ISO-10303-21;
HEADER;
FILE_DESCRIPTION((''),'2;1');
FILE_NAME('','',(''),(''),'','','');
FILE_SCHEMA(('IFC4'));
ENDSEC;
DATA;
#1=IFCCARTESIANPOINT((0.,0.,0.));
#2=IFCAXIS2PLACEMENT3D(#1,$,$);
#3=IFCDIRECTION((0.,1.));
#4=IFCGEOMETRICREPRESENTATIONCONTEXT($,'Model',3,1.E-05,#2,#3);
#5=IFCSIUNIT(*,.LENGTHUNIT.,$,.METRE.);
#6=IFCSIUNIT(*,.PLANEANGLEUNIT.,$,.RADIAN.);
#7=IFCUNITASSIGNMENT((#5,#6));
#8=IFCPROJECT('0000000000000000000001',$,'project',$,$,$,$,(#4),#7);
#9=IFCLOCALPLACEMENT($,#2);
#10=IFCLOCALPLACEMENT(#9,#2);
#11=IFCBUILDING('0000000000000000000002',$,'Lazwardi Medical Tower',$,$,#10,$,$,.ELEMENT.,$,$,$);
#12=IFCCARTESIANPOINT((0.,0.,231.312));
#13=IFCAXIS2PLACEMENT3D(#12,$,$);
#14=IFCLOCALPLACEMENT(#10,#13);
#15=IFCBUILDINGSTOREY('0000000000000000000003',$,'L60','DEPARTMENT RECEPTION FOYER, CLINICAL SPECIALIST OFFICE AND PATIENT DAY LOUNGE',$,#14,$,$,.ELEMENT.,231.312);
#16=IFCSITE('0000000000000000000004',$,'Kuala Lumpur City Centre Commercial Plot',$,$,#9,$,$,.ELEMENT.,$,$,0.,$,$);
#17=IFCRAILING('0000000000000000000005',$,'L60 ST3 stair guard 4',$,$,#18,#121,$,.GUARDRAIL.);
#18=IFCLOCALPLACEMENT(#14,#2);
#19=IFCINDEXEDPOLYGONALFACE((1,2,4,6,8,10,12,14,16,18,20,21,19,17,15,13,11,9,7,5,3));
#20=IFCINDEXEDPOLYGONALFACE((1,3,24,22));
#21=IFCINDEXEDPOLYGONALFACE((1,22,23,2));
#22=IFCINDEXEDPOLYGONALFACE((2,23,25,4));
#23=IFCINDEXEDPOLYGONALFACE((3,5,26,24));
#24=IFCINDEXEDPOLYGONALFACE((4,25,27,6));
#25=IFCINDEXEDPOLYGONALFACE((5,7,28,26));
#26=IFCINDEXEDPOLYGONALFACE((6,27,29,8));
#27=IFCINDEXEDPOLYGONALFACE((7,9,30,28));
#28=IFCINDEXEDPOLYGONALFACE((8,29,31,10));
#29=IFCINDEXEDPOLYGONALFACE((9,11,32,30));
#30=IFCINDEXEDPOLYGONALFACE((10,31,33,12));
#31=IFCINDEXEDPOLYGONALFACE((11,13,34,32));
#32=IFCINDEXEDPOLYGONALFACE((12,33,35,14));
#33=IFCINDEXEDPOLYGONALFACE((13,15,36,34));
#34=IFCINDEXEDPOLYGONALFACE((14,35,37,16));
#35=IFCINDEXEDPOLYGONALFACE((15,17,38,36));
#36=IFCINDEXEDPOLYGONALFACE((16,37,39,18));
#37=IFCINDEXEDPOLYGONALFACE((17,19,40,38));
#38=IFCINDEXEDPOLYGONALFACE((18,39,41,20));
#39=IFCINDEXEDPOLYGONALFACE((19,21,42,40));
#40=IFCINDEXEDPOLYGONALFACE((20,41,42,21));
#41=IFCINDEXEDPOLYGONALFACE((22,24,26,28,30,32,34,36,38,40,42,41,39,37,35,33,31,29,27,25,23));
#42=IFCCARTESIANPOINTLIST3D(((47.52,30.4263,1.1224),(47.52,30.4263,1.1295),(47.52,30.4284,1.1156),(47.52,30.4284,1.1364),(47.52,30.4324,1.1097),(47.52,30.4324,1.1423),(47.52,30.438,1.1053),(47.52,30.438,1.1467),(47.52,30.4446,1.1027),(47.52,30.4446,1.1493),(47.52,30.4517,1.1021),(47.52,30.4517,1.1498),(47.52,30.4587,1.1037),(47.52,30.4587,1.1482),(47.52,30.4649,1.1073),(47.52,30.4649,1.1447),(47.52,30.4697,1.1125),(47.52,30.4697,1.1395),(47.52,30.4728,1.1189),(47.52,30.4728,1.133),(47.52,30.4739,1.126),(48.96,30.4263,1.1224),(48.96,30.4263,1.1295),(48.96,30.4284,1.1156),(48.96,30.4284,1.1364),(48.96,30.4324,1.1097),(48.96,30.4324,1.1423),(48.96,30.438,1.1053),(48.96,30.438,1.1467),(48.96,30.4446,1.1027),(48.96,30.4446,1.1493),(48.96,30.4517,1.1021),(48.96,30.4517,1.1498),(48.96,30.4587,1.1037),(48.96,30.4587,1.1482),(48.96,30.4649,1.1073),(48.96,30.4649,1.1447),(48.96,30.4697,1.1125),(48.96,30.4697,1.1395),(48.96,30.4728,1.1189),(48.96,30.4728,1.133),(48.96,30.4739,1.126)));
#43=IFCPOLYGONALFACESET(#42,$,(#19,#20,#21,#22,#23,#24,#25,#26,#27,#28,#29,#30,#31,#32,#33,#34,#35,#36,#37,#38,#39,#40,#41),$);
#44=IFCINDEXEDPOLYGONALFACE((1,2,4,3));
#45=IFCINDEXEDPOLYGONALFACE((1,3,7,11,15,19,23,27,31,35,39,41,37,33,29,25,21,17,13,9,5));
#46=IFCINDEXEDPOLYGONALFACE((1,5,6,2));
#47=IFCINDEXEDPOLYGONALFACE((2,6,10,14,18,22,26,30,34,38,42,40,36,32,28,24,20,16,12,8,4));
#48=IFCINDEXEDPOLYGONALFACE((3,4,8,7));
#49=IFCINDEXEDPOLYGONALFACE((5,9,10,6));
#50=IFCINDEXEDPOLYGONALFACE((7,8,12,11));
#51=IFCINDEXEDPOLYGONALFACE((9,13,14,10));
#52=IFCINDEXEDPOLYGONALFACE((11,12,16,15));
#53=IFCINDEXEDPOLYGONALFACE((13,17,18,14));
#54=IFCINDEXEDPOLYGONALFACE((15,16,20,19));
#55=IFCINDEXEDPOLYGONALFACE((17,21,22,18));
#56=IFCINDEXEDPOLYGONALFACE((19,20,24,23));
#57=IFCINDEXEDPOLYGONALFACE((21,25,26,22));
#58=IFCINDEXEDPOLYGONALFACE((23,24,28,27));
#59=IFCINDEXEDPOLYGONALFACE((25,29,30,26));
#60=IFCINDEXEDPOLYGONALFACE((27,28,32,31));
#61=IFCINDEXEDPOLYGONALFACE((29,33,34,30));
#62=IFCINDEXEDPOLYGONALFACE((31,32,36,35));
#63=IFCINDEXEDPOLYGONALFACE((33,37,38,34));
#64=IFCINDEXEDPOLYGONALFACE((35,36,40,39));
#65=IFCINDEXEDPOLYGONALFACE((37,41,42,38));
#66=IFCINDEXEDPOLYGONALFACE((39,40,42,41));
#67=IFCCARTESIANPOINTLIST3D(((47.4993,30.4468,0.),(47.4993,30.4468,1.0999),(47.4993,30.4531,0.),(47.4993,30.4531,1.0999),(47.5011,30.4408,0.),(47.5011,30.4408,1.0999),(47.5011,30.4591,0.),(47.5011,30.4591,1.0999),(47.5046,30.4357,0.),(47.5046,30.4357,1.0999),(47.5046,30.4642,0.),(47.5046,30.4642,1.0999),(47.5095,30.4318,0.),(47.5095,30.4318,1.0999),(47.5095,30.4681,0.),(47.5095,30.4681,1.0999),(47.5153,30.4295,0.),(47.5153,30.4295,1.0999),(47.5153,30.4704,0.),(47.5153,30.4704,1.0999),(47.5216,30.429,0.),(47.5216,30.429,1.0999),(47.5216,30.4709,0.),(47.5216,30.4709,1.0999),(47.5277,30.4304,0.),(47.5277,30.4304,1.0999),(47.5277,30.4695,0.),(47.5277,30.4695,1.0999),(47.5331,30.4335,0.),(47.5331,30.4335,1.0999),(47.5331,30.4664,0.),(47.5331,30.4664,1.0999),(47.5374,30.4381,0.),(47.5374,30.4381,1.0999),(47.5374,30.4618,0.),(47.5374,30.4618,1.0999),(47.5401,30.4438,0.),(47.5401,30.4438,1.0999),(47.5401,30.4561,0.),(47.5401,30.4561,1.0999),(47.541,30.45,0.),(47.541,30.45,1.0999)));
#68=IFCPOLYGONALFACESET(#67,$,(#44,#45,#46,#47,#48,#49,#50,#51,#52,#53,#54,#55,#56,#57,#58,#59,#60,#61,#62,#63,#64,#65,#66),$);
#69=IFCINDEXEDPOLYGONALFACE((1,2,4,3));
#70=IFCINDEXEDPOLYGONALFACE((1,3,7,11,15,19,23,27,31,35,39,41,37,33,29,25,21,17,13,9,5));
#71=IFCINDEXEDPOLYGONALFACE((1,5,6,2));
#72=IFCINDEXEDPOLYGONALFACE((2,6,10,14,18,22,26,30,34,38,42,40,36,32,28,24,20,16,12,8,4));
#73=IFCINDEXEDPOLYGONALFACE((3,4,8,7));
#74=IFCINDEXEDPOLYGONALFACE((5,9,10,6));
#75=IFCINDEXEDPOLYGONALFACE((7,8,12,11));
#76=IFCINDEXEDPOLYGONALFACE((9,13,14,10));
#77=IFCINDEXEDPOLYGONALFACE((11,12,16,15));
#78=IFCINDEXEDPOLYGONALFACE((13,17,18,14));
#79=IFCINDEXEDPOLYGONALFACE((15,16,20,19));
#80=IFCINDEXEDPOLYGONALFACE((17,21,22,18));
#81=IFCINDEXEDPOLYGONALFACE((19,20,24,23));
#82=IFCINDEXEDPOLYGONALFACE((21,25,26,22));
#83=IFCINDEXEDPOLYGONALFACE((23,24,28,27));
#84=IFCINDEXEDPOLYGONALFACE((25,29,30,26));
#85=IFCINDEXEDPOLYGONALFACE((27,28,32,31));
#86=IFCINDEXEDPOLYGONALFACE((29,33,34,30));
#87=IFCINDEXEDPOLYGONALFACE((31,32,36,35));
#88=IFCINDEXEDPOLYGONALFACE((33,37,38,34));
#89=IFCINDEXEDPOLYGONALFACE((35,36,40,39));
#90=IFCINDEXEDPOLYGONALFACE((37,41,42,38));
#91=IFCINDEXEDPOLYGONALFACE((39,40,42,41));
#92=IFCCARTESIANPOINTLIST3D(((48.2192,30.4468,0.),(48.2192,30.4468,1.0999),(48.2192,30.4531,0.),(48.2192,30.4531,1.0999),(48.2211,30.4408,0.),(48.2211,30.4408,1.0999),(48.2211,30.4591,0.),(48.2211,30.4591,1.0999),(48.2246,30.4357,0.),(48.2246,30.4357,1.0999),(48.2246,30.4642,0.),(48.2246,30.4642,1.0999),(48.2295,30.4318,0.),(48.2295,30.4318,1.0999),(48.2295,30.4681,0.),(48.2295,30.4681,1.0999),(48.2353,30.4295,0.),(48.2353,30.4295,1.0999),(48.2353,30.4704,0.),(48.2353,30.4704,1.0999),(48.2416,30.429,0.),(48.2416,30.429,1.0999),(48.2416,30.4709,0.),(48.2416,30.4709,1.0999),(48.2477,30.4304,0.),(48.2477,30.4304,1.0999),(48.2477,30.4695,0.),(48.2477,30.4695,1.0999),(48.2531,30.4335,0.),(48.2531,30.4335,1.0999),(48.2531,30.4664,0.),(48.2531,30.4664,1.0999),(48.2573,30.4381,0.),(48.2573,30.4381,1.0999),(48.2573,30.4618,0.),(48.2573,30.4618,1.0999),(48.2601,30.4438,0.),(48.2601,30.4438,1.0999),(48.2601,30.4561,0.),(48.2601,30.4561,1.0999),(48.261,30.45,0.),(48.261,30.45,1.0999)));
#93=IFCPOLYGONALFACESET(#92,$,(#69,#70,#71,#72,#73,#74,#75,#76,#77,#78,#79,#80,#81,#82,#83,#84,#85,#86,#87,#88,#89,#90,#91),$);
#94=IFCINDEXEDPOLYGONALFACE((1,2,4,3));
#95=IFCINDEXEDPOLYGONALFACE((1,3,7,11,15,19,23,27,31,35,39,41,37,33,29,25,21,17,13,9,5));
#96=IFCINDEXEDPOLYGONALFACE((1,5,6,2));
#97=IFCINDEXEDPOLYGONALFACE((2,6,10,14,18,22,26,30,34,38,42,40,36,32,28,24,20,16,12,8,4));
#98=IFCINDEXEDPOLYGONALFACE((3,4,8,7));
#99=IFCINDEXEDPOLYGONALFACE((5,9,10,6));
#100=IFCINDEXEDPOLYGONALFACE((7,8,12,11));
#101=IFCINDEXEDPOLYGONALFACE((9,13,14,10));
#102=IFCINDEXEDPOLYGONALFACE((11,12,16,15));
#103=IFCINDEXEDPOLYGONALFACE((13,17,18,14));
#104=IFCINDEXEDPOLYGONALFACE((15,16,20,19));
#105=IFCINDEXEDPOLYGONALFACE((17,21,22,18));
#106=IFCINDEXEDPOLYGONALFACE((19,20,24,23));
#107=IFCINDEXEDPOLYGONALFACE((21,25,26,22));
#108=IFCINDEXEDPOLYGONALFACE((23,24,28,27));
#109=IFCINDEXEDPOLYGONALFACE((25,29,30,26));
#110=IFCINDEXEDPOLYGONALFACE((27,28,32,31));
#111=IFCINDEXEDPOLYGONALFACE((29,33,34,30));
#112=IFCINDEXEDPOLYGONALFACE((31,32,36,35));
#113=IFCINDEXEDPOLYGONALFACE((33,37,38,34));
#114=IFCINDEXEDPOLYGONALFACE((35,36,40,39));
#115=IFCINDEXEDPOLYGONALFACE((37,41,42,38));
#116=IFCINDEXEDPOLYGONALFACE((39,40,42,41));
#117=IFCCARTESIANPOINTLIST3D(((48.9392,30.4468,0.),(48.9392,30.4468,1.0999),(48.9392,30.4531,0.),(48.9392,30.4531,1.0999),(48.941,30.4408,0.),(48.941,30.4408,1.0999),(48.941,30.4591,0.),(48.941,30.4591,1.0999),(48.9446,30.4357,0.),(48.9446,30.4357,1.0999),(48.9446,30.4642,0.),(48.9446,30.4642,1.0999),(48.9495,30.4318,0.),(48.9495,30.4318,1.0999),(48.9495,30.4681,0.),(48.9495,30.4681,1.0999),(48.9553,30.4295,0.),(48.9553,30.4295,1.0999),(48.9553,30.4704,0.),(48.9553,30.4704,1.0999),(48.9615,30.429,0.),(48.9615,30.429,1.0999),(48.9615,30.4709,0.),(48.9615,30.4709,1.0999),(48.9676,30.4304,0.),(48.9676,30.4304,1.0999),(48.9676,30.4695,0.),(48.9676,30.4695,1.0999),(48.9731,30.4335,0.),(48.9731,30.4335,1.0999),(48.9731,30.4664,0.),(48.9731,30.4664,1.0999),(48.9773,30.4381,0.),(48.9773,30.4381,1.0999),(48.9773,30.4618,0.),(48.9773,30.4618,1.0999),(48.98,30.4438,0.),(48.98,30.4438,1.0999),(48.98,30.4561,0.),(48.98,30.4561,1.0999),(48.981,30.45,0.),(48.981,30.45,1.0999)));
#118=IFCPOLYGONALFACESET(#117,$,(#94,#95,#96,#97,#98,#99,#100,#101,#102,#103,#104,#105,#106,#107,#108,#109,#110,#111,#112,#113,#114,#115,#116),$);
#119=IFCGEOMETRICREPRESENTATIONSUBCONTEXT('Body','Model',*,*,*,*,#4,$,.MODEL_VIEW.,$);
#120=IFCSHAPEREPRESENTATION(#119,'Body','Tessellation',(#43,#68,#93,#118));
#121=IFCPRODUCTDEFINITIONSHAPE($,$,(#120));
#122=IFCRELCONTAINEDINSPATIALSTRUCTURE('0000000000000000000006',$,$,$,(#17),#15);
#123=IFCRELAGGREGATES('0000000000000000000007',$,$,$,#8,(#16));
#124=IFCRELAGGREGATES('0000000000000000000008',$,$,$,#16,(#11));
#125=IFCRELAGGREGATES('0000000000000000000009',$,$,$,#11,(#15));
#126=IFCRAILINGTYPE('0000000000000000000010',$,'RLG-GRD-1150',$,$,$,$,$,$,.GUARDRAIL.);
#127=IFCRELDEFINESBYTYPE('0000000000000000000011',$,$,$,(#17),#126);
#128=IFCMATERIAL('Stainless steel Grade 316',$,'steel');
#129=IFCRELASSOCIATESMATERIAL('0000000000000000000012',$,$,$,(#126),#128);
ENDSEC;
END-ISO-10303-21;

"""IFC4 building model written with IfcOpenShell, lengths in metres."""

from ifc_helpers import new_model, si_unit, direction, frame, origin, origin_2d, place, context, subcontext, project, spatial, circle, extrude, material, type_object, element, save


model = new_model("IFC4")

# Units and contexts
model_context = context("Model", 3, precision=1e-05, world=origin(), true_north=direction((0.0, 1.0)))
body_context = subcontext(model_context, "Body", "Model", "MODEL_VIEW")
ifc_project = project(units=[si_unit("LENGTHUNIT", "METRE"), si_unit("PLANEANGLEUNIT", "RADIAN")], contexts=[model_context])

# Site, building, storey
site_placement = place(None, origin())
site = spatial("IfcSite", under=ifc_project, at=site_placement, Name="Kuala Lumpur City Centre Commercial Plot", CompositionType="ELEMENT", RefElevation=0.0)
building_placement = place(site_placement, origin())
building = spatial("IfcBuilding", under=site, at=building_placement, Name="Lazwardi Medical Tower", CompositionType="ELEMENT")
storey_placement = place(building_placement, frame((0.0, 0.0, 231.312)))
storey = spatial("IfcBuildingStorey", under=building, at=storey_placement, Name="L60", Description="DEPARTMENT RECEPTION FOYER, CLINICAL SPECIALIST OFFICE AND PATIENT DAY LOUNGE", CompositionType="ELEMENT", Elevation=231.312)

# Railing
ifc_material_1 = material(Name="Stainless steel Grade 316", Category="steel")
railing_type = type_object("IfcRailingType", Name="RLG-GRD-1150", PredefinedType="GUARDRAIL", material=ifc_material_1)
railing_1_placement = place(storey_placement, frame((47.52, 30.45, 0.0)))
element("IfcRailing", 1, at=railing_1_placement, inside=storey, type_object=railing_type, Name="L60 ST3 stair guard 4", PredefinedType="GUARDRAIL", context=body_context, shape_type="SweptSolid", body=[
    extrude(circle(Radius=0.0239, at=origin_2d()), frame((0.0, 0.0, 1.126), z_axis=(1.0, 0.0, 0.0), x_axis=(0.0, 1.0, 0.0)), (0.0, 0.0, 1.0), 1.4399),
    extrude(circle(Radius=0.021, at=origin_2d()), origin(), (0.0, 0.0, 1.0), 1.0999),
    extrude(circle(Radius=0.021, at=origin_2d()), frame((0.72, 0.0, 0.0)), (0.0, 0.0, 1.0), 1.0999),
    extrude(circle(Radius=0.021, at=origin_2d()), frame((1.4399, 0.0, 0.0)), (0.0, 0.0, 1.0), 1.0999),
])

save(model, "model.ifc")
